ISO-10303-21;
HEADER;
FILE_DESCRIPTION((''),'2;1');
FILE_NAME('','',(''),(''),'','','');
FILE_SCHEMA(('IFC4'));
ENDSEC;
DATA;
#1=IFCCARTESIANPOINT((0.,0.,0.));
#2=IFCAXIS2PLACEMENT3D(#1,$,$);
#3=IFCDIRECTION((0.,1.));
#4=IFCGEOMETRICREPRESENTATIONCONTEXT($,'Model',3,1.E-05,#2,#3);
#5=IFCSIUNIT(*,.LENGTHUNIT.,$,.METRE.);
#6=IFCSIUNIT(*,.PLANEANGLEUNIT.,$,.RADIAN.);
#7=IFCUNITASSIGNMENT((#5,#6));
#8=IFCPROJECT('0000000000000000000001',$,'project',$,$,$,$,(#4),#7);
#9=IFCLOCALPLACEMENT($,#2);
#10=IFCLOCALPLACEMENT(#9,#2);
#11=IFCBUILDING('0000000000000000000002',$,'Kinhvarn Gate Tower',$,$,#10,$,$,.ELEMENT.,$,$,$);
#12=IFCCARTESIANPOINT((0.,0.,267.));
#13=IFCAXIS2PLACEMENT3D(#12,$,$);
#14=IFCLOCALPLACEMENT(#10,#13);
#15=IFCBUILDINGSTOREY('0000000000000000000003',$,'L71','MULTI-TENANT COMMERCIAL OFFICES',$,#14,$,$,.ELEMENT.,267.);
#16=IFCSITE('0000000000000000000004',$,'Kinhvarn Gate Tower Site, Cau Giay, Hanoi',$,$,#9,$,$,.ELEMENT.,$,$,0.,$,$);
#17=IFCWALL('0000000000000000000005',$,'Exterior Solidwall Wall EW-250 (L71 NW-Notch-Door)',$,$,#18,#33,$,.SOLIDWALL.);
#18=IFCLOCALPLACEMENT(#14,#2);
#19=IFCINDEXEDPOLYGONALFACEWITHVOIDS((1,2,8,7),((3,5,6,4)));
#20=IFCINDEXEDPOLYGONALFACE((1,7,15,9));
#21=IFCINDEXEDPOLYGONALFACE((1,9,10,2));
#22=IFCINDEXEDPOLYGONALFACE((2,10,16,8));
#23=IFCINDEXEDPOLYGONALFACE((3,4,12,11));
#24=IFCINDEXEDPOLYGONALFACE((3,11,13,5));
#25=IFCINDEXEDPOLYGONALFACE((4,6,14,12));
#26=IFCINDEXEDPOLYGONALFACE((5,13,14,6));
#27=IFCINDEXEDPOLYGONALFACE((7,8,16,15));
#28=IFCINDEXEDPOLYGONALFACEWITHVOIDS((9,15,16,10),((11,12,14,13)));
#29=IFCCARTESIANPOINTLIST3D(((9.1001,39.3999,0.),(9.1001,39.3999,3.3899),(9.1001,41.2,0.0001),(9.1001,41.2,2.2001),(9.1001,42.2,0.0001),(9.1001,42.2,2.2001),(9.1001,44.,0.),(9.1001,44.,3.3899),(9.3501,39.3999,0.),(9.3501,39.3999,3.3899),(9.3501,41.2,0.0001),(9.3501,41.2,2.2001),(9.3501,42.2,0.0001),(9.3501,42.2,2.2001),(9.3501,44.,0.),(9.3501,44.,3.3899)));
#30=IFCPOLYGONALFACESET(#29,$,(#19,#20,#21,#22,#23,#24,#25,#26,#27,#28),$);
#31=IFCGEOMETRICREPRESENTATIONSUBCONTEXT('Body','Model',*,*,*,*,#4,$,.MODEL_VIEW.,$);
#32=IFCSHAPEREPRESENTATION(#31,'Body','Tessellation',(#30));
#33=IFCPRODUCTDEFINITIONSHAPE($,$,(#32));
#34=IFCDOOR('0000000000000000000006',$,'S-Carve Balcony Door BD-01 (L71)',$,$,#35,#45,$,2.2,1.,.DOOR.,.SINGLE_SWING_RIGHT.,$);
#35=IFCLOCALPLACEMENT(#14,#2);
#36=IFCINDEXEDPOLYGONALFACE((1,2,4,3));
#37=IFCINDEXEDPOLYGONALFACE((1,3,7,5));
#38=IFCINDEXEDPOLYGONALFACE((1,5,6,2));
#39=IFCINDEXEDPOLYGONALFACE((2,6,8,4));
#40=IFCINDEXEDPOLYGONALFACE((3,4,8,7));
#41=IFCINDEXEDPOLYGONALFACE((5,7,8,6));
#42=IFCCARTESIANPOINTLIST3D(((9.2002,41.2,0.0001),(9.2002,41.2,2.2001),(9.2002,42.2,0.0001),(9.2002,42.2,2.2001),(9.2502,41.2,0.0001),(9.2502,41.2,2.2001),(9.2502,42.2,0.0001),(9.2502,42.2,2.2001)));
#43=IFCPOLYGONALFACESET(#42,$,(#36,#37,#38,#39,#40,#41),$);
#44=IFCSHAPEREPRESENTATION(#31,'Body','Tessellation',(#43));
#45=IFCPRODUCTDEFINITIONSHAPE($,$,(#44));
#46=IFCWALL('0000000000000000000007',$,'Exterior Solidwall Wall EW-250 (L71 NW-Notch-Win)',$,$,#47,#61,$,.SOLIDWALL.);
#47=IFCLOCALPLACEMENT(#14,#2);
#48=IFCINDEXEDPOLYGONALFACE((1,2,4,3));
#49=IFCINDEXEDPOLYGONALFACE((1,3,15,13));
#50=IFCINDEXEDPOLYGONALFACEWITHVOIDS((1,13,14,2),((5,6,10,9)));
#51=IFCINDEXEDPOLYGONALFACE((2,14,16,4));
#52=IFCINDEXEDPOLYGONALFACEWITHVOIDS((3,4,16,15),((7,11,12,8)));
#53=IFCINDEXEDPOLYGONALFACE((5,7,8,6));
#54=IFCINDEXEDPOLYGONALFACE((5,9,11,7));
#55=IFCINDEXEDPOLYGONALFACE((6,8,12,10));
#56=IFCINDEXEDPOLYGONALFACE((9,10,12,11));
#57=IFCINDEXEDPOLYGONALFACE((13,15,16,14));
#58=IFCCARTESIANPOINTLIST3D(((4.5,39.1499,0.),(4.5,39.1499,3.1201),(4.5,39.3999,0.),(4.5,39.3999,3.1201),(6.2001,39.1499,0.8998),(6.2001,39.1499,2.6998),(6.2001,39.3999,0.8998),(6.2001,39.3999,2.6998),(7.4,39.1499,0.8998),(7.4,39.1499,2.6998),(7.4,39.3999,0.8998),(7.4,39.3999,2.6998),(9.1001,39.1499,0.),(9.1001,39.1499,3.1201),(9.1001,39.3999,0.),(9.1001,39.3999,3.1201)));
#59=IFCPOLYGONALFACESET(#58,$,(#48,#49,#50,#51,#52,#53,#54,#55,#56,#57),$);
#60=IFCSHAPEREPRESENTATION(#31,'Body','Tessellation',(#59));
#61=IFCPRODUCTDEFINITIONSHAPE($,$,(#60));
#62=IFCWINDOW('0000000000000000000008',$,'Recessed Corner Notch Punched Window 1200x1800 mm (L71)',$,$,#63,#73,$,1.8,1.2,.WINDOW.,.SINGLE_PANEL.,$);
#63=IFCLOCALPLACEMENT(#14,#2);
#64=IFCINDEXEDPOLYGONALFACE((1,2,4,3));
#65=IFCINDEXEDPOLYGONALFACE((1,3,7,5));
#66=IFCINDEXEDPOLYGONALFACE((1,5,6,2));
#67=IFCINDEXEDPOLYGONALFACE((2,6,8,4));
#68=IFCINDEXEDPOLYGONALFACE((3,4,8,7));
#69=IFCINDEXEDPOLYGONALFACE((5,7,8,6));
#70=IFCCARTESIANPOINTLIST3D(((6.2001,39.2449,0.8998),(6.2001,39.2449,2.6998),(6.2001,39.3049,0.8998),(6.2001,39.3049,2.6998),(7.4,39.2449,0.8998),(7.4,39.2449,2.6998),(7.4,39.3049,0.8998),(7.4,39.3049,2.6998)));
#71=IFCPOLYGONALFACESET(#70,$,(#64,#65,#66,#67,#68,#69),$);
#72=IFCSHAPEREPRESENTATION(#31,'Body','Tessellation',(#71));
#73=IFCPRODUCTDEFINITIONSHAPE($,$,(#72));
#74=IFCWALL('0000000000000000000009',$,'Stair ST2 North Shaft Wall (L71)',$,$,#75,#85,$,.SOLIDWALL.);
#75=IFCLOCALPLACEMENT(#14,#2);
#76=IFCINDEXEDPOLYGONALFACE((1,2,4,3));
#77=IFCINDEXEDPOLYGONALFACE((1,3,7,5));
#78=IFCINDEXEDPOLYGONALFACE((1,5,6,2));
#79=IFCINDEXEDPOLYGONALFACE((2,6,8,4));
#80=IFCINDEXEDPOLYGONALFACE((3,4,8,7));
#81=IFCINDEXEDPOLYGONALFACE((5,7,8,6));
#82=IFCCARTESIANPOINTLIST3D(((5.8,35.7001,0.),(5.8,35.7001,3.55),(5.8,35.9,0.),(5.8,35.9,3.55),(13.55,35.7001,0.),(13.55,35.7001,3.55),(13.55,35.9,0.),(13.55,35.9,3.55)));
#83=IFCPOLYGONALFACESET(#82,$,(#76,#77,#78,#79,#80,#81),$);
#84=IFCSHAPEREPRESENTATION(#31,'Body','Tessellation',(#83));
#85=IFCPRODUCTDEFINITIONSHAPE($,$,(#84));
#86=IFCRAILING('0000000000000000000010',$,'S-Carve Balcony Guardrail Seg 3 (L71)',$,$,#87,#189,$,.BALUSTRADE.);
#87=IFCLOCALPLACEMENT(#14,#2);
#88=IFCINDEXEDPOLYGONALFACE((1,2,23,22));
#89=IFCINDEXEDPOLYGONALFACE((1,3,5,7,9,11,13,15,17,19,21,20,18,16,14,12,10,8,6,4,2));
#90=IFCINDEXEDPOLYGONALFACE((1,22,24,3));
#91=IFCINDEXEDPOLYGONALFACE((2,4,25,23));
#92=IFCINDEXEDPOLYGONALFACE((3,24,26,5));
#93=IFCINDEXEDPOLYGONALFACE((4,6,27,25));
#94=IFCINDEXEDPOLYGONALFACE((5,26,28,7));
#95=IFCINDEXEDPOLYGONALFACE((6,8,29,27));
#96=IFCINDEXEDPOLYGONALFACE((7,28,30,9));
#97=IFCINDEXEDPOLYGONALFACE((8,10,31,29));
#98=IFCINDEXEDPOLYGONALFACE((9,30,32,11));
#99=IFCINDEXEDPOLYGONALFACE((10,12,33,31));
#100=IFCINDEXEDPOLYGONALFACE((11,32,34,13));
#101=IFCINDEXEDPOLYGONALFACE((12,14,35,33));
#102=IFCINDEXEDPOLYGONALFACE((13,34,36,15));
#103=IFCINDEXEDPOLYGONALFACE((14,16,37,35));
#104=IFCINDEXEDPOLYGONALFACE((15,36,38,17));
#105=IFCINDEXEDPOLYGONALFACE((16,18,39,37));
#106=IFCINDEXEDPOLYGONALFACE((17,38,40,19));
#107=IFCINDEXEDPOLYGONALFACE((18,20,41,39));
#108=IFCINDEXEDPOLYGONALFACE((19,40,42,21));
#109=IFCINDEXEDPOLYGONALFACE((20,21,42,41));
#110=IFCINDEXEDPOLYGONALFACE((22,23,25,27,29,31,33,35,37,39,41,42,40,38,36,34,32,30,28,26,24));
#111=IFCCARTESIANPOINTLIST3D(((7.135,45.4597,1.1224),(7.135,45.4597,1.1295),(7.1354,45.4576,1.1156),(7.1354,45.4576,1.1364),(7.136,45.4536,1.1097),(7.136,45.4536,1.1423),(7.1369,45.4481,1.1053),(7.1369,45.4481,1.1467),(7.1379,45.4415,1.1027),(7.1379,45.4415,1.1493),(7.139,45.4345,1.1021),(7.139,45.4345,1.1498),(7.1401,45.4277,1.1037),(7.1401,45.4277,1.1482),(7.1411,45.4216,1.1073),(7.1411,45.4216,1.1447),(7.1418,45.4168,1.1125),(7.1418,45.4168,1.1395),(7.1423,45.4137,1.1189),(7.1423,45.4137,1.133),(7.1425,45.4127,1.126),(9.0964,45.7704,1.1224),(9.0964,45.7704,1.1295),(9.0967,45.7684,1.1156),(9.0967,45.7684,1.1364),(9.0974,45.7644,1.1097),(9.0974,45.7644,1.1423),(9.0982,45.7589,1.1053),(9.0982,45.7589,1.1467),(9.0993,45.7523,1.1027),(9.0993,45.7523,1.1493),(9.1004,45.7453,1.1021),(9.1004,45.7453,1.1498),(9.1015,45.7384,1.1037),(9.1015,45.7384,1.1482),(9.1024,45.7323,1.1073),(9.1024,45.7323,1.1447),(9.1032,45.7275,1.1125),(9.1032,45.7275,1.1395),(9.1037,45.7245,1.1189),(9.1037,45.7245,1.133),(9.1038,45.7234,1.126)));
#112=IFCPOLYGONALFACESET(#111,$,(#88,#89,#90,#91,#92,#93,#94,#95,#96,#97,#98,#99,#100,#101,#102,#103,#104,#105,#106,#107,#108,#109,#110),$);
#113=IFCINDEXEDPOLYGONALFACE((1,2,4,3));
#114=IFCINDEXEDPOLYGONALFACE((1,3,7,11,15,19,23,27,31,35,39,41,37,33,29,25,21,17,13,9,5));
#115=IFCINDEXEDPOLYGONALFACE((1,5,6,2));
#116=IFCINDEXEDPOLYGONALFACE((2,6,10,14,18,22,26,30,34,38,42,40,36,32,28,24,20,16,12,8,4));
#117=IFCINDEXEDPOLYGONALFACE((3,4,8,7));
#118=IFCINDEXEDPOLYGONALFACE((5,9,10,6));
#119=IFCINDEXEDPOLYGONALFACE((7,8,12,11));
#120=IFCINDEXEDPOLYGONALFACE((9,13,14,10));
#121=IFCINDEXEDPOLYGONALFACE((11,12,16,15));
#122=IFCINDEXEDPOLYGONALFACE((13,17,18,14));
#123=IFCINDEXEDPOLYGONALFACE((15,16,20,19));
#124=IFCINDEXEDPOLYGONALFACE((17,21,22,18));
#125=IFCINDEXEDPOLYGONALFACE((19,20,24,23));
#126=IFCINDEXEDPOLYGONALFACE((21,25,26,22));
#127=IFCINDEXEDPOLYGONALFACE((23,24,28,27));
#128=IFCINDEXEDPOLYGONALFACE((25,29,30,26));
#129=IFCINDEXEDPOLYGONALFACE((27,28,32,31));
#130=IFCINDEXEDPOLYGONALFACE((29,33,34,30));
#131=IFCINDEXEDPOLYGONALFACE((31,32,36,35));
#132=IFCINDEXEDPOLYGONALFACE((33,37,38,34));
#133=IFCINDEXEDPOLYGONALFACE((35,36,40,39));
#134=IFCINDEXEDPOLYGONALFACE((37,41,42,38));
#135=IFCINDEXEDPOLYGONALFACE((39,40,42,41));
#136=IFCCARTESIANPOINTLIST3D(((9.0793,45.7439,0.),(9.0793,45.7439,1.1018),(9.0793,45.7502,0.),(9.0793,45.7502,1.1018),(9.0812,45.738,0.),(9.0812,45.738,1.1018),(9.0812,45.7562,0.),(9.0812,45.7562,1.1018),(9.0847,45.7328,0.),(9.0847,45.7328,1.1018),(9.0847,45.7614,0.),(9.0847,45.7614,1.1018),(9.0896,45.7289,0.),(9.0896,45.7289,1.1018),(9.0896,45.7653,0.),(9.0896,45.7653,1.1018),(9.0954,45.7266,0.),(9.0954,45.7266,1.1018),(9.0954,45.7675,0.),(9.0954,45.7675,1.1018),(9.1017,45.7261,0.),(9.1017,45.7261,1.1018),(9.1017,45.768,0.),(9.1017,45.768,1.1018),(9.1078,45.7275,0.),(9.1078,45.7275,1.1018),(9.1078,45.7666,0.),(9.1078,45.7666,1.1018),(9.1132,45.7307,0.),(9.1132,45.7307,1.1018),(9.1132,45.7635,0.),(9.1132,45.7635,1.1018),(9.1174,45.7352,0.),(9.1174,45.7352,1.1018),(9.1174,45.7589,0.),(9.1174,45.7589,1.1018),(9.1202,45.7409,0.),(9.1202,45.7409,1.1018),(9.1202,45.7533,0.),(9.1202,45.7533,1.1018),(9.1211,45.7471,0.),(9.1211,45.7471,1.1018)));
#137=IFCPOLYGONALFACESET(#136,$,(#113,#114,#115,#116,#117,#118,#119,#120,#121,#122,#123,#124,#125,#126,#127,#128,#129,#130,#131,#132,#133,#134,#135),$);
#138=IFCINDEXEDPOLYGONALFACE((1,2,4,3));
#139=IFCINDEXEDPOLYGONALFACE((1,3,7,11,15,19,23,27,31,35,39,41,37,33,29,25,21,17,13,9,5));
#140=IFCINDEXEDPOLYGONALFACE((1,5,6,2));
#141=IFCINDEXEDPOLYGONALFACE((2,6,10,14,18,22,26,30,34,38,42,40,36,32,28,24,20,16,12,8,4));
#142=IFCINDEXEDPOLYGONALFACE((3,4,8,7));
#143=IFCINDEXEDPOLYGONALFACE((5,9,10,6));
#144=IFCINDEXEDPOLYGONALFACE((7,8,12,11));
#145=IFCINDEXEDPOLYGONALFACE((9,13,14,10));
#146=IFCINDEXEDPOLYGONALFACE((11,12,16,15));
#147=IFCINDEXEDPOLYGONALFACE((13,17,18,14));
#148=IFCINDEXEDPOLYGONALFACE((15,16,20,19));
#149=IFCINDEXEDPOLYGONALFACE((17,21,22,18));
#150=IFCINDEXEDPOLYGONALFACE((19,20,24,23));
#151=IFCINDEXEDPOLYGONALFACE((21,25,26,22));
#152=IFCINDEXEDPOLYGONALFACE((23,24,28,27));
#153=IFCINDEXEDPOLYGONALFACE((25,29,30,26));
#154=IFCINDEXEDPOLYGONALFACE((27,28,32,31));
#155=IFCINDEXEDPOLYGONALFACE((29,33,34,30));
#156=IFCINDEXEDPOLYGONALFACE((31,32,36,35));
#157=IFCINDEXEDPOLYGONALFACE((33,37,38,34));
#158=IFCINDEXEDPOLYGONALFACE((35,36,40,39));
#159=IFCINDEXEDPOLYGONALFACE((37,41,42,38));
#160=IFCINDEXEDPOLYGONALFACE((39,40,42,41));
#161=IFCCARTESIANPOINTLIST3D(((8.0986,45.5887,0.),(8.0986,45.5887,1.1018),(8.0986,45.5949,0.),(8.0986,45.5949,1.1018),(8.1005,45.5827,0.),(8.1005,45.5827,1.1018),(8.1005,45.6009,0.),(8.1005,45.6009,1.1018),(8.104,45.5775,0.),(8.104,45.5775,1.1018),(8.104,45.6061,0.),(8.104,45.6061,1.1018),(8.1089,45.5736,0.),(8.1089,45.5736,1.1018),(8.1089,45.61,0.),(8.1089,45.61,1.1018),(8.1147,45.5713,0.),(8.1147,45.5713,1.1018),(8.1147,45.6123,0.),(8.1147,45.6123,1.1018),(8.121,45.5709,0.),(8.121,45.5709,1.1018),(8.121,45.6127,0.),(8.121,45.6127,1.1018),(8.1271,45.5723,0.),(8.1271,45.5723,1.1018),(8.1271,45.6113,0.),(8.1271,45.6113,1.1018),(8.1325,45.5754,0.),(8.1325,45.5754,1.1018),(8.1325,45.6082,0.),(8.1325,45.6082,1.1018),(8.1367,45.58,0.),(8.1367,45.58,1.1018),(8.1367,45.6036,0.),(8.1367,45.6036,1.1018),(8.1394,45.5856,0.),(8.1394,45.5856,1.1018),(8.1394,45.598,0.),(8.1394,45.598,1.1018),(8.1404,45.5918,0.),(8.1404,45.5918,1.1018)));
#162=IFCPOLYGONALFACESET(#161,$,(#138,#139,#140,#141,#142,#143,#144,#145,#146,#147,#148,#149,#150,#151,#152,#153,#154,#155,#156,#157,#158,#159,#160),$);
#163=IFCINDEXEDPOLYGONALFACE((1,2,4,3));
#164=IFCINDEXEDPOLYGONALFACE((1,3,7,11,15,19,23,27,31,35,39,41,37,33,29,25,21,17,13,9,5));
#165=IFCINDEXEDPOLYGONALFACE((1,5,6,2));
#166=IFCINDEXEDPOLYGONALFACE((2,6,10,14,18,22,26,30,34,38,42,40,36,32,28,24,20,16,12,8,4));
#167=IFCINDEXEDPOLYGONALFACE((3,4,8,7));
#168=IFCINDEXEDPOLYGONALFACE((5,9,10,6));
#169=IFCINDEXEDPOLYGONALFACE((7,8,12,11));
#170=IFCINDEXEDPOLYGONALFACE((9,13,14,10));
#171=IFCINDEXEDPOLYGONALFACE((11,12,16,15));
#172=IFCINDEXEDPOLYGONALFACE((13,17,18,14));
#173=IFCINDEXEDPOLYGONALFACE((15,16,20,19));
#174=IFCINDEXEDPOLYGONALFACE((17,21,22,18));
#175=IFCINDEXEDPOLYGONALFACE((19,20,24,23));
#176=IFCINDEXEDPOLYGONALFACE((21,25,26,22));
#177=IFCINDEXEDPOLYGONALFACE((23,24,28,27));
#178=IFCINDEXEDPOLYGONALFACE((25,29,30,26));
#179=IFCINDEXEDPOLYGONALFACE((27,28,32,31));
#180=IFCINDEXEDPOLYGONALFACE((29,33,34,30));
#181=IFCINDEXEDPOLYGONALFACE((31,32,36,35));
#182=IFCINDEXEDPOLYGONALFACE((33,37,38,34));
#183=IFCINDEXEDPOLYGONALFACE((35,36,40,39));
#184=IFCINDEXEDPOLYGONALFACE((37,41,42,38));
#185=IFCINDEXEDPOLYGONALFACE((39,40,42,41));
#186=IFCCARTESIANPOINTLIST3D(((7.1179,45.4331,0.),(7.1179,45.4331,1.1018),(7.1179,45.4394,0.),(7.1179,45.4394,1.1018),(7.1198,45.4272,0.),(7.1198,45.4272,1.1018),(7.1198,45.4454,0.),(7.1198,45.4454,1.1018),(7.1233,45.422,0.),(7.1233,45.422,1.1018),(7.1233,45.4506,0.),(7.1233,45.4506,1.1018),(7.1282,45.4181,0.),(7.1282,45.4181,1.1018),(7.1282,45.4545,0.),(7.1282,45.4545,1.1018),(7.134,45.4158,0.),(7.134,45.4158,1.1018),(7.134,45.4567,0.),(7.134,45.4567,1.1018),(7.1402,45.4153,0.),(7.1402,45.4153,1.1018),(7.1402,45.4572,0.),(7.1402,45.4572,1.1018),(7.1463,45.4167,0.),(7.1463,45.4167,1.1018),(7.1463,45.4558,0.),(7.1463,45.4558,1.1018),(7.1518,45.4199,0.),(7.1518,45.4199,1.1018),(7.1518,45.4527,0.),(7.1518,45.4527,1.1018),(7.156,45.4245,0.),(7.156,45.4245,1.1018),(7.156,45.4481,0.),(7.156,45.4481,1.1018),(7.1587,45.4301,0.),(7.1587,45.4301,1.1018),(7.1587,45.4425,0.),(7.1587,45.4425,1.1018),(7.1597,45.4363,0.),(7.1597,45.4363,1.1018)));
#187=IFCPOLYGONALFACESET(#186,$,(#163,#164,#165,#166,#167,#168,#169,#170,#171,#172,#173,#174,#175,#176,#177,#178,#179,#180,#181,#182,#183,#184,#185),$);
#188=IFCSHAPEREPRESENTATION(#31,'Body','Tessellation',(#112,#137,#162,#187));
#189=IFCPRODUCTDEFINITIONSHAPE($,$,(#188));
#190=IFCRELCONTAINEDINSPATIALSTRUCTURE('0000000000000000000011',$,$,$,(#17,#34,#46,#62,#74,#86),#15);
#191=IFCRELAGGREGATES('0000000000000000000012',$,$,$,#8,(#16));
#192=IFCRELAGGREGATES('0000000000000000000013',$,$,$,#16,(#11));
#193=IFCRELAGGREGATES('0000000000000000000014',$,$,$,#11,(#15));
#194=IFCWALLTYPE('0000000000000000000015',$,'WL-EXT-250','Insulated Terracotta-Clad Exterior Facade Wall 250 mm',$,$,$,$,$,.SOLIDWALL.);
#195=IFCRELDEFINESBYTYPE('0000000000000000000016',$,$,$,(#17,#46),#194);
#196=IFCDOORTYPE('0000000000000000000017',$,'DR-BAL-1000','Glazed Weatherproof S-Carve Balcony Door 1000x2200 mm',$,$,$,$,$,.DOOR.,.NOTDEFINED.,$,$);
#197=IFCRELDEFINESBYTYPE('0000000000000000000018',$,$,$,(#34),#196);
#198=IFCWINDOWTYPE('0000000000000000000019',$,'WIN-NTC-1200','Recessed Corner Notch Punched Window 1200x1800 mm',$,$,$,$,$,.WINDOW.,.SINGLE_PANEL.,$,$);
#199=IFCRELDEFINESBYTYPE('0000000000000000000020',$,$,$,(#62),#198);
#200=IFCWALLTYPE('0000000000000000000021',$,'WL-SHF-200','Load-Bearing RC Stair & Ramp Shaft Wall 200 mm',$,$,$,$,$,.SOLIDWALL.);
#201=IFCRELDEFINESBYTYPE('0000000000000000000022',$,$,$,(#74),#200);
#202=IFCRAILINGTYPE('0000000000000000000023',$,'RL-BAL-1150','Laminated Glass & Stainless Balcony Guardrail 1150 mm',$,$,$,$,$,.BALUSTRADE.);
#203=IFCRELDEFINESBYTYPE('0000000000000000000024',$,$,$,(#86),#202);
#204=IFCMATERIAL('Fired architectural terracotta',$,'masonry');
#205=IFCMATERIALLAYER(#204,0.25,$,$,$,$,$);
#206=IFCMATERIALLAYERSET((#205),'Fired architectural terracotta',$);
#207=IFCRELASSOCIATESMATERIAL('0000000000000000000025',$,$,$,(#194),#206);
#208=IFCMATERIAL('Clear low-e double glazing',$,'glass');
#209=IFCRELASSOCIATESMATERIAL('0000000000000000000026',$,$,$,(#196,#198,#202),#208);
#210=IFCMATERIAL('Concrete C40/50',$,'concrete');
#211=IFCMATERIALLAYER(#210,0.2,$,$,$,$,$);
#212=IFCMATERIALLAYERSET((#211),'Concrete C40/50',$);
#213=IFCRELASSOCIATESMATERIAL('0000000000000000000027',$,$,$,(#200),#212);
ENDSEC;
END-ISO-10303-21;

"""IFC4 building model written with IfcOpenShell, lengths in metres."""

from ifc_helpers import new_model, si_unit, direction, frame, frame_2d, origin, origin_2d, place, context, subcontext, project, spatial, rectangle, circle, extrude, material, layer, layer_set, type_object, element, fill, save


model = new_model("IFC4")

# Units and contexts
model_context = context("Model", 3, precision=1e-05, world=origin(), true_north=direction((0.0, 1.0)))
body_context = subcontext(model_context, "Body", "Model", "MODEL_VIEW")
ifc_project = project(units=[si_unit("LENGTHUNIT", "METRE"), si_unit("PLANEANGLEUNIT", "RADIAN")], contexts=[model_context])

# Site, building, storey
site_placement = place(None, origin())
site = spatial("IfcSite", under=ifc_project, at=site_placement, Name="Kinhvarn Gate Tower Site, Cau Giay, Hanoi", CompositionType="ELEMENT", RefElevation=0.0)
building_placement = place(site_placement, origin())
building = spatial("IfcBuilding", under=site, at=building_placement, Name="Kinhvarn Gate Tower", CompositionType="ELEMENT")
storey_placement = place(building_placement, frame((0.0, 0.0, 267.0)))
storey = spatial("IfcBuildingStorey", under=building, at=storey_placement, Name="L71", Description="MULTI-TENANT COMMERCIAL OFFICES", CompositionType="ELEMENT", Elevation=267.0)

# Shared definitions
ifc_material_1 = material(Name="Fired architectural terracotta", Category="masonry")
ifc_layer_1 = layer(ifc_material_1, 0.25)
ifc_layer_set_1 = layer_set([ifc_layer_1], Name="Fired architectural terracotta")
wall_type_1 = type_object("IfcWallType", Name="WL-EXT-250", Description="Insulated Terracotta-Clad Exterior Facade Wall 250 mm", PredefinedType="SOLIDWALL", material=ifc_layer_set_1)

# Wall, opening, door
wall_1_placement = place(storey_placement, frame((9.2251, 44.0, 0.0), z_axis=(0.0, 0.0, 1.0), x_axis=(0.0, -1.0, 0.0)))
wall_1 = element("IfcWall", 1, at=wall_1_placement, inside=storey, type_object=wall_type_1, Name="Exterior Solidwall Wall EW-250 (L71 NW-Notch-Door)", PredefinedType="SOLIDWALL", context=body_context, shape_type="SweptSolid", body=[
    extrude(rectangle(XDim=4.6001, YDim=0.25, at=frame_2d((2.3, 0.0))), origin(), (0.0, 0.0, 1.0), 3.3899),
])
opening_1_placement = place(wall_1_placement, frame((1.8, 0.0, 0.0)))
opening_1 = element("IfcOpeningElement", 2, at=opening_1_placement, cuts=wall_1, PredefinedType="OPENING", context=body_context, shape_type="SweptSolid", body=[
    extrude(rectangle(XDim=1.0, YDim=2.2, at=frame_2d((0.5, 1.1001))), frame((0.0, 0.135, 0.0), z_axis=(0.0, -1.0, 0.0), x_axis=(1.0, 0.0, 0.0)), (0.0, 0.0, 1.0), 0.27),
])
ifc_material_2 = material(Name="Clear low-e double glazing", Category="glass")
door_type = type_object("IfcDoorType", Name="DR-BAL-1000", Description="Glazed Weatherproof S-Carve Balcony Door 1000x2200 mm", OperationType="NOTDEFINED", PredefinedType="DOOR", material=ifc_material_2)
door_placement = place(opening_1_placement, frame((1.0, 0.0, 0.0), z_axis=(0.0, 0.0, 1.0), x_axis=(-1.0, 0.0, 0.0)))
door = element("IfcDoor", 3, at=door_placement, inside=storey, type_object=door_type, Name="S-Carve Balcony Door BD-01 (L71)", OperationType="SINGLE_SWING_RIGHT", OverallHeight=2.2, OverallWidth=1.0, PredefinedType="DOOR", context=body_context, shape_type="SweptSolid", body=[
    extrude(rectangle(XDim=1.0, YDim=2.2, at=frame_2d((0.5, 1.1001))), frame((0.0, 0.0249, 0.0), z_axis=(0.0, -1.0, 0.0), x_axis=(1.0, 0.0, 0.0)), (0.0, 0.0, 1.0), 0.05),
])
fill(opening_1, door)

# Wall, opening, window
wall_2_placement = place(storey_placement, frame((9.1001, 39.2749, 0.0), z_axis=(0.0, 0.0, 1.0), x_axis=(-1.0, 0.0, 0.0)))
wall_2 = element("IfcWall", 4, at=wall_2_placement, inside=storey, type_object=wall_type_1, Name="Exterior Solidwall Wall EW-250 (L71 NW-Notch-Win)", PredefinedType="SOLIDWALL", context=body_context, shape_type="SweptSolid", body=[
    extrude(rectangle(XDim=4.6001, YDim=0.25, at=frame_2d((2.3, 0.0))), origin(), (0.0, 0.0, 1.0), 3.1201),
])
opening_2_placement = place(wall_2_placement, frame((1.7, 0.0, 0.8999)))
opening_2 = element("IfcOpeningElement", 5, at=opening_2_placement, cuts=wall_2, PredefinedType="OPENING", context=body_context, shape_type="SweptSolid", body=[
    extrude(rectangle(XDim=1.2, YDim=1.8, at=frame_2d((0.6001, 0.8999))), frame((0.0, 0.135, 0.0), z_axis=(0.0, -1.0, 0.0), x_axis=(1.0, 0.0, 0.0)), (0.0, 0.0, 1.0), 0.27),
])
window_type = type_object("IfcWindowType", Name="WIN-NTC-1200", Description="Recessed Corner Notch Punched Window 1200x1800 mm", PartitioningType="SINGLE_PANEL", PredefinedType="WINDOW", material=ifc_material_2)
window_placement = place(opening_2_placement, origin())
window = element("IfcWindow", 6, at=window_placement, inside=storey, type_object=window_type, Name="Recessed Corner Notch Punched Window 1200x1800 mm (L71)", OverallHeight=1.8, OverallWidth=1.2, PartitioningType="SINGLE_PANEL", PredefinedType="WINDOW", context=body_context, shape_type="SweptSolid", body=[
    extrude(rectangle(XDim=1.2, YDim=1.8, at=frame_2d((0.6001, 0.8999))), frame((0.0, 0.03, 0.0), z_axis=(0.0, -1.0, 0.0), x_axis=(1.0, 0.0, 0.0)), (0.0, 0.0, 1.0), 0.0601),
])
fill(opening_2, window)

# Wall
ifc_material_3 = material(Name="Concrete C40/50", Category="concrete")
ifc_layer_2 = layer(ifc_material_3, 0.2)
ifc_layer_set_2 = layer_set([ifc_layer_2], Name="Concrete C40/50")
wall_type_2 = type_object("IfcWallType", Name="WL-SHF-200", Description="Load-Bearing RC Stair & Ramp Shaft Wall 200 mm", PredefinedType="SOLIDWALL", material=ifc_layer_set_2)
wall_3_placement = place(storey_placement, frame((5.8, 35.8, 0.0), z_axis=(0.0, 0.0, 1.0), x_axis=(1.0, 0.0, 0.0)))
element("IfcWall", 7, at=wall_3_placement, inside=storey, type_object=wall_type_2, Name="Stair ST2 North Shaft Wall (L71)", PredefinedType="SOLIDWALL", context=body_context, shape_type="SweptSolid", body=[
    extrude(rectangle(XDim=7.75, YDim=0.2, at=frame_2d((3.875, 0.0))), origin(), (0.0, 0.0, 1.0), 3.55),
])

# Railing
railing_type = type_object("IfcRailingType", Name="RL-BAL-1150", Description="Laminated Glass & Stainless Balcony Guardrail 1150 mm", PredefinedType="BALUSTRADE", material=ifc_material_2)
railing_1_placement = place(storey_placement, frame((9.1001, 45.7471, 0.0)))
element("IfcRailing", 8, at=railing_1_placement, inside=storey, type_object=railing_type, Name="S-Carve Balcony Guardrail Seg 3 (L71)", PredefinedType="BALUSTRADE", context=body_context, shape_type="SweptSolid", body=[
    extrude(circle(Radius=0.0239, at=origin_2d()), frame((0.0, 0.0, 1.126), z_axis=(-0.987678, -0.156499, 0.0), x_axis=(0.156499, -0.987678, 0.0)), (0.0, 0.0, 1.0), 1.9858),
    extrude(circle(Radius=0.021, at=origin_2d()), origin(), (0.0, 0.0, 1.0), 1.1018),
    extrude(circle(Radius=0.021, at=origin_2d()), frame((-0.9807, -0.1553, 0.0)), (0.0, 0.0, 1.0), 1.1018),
    extrude(circle(Radius=0.021, at=origin_2d()), frame((-1.9614, -0.3108, 0.0)), (0.0, 0.0, 1.0), 1.1018),
])

save(model, "model.ifc")
